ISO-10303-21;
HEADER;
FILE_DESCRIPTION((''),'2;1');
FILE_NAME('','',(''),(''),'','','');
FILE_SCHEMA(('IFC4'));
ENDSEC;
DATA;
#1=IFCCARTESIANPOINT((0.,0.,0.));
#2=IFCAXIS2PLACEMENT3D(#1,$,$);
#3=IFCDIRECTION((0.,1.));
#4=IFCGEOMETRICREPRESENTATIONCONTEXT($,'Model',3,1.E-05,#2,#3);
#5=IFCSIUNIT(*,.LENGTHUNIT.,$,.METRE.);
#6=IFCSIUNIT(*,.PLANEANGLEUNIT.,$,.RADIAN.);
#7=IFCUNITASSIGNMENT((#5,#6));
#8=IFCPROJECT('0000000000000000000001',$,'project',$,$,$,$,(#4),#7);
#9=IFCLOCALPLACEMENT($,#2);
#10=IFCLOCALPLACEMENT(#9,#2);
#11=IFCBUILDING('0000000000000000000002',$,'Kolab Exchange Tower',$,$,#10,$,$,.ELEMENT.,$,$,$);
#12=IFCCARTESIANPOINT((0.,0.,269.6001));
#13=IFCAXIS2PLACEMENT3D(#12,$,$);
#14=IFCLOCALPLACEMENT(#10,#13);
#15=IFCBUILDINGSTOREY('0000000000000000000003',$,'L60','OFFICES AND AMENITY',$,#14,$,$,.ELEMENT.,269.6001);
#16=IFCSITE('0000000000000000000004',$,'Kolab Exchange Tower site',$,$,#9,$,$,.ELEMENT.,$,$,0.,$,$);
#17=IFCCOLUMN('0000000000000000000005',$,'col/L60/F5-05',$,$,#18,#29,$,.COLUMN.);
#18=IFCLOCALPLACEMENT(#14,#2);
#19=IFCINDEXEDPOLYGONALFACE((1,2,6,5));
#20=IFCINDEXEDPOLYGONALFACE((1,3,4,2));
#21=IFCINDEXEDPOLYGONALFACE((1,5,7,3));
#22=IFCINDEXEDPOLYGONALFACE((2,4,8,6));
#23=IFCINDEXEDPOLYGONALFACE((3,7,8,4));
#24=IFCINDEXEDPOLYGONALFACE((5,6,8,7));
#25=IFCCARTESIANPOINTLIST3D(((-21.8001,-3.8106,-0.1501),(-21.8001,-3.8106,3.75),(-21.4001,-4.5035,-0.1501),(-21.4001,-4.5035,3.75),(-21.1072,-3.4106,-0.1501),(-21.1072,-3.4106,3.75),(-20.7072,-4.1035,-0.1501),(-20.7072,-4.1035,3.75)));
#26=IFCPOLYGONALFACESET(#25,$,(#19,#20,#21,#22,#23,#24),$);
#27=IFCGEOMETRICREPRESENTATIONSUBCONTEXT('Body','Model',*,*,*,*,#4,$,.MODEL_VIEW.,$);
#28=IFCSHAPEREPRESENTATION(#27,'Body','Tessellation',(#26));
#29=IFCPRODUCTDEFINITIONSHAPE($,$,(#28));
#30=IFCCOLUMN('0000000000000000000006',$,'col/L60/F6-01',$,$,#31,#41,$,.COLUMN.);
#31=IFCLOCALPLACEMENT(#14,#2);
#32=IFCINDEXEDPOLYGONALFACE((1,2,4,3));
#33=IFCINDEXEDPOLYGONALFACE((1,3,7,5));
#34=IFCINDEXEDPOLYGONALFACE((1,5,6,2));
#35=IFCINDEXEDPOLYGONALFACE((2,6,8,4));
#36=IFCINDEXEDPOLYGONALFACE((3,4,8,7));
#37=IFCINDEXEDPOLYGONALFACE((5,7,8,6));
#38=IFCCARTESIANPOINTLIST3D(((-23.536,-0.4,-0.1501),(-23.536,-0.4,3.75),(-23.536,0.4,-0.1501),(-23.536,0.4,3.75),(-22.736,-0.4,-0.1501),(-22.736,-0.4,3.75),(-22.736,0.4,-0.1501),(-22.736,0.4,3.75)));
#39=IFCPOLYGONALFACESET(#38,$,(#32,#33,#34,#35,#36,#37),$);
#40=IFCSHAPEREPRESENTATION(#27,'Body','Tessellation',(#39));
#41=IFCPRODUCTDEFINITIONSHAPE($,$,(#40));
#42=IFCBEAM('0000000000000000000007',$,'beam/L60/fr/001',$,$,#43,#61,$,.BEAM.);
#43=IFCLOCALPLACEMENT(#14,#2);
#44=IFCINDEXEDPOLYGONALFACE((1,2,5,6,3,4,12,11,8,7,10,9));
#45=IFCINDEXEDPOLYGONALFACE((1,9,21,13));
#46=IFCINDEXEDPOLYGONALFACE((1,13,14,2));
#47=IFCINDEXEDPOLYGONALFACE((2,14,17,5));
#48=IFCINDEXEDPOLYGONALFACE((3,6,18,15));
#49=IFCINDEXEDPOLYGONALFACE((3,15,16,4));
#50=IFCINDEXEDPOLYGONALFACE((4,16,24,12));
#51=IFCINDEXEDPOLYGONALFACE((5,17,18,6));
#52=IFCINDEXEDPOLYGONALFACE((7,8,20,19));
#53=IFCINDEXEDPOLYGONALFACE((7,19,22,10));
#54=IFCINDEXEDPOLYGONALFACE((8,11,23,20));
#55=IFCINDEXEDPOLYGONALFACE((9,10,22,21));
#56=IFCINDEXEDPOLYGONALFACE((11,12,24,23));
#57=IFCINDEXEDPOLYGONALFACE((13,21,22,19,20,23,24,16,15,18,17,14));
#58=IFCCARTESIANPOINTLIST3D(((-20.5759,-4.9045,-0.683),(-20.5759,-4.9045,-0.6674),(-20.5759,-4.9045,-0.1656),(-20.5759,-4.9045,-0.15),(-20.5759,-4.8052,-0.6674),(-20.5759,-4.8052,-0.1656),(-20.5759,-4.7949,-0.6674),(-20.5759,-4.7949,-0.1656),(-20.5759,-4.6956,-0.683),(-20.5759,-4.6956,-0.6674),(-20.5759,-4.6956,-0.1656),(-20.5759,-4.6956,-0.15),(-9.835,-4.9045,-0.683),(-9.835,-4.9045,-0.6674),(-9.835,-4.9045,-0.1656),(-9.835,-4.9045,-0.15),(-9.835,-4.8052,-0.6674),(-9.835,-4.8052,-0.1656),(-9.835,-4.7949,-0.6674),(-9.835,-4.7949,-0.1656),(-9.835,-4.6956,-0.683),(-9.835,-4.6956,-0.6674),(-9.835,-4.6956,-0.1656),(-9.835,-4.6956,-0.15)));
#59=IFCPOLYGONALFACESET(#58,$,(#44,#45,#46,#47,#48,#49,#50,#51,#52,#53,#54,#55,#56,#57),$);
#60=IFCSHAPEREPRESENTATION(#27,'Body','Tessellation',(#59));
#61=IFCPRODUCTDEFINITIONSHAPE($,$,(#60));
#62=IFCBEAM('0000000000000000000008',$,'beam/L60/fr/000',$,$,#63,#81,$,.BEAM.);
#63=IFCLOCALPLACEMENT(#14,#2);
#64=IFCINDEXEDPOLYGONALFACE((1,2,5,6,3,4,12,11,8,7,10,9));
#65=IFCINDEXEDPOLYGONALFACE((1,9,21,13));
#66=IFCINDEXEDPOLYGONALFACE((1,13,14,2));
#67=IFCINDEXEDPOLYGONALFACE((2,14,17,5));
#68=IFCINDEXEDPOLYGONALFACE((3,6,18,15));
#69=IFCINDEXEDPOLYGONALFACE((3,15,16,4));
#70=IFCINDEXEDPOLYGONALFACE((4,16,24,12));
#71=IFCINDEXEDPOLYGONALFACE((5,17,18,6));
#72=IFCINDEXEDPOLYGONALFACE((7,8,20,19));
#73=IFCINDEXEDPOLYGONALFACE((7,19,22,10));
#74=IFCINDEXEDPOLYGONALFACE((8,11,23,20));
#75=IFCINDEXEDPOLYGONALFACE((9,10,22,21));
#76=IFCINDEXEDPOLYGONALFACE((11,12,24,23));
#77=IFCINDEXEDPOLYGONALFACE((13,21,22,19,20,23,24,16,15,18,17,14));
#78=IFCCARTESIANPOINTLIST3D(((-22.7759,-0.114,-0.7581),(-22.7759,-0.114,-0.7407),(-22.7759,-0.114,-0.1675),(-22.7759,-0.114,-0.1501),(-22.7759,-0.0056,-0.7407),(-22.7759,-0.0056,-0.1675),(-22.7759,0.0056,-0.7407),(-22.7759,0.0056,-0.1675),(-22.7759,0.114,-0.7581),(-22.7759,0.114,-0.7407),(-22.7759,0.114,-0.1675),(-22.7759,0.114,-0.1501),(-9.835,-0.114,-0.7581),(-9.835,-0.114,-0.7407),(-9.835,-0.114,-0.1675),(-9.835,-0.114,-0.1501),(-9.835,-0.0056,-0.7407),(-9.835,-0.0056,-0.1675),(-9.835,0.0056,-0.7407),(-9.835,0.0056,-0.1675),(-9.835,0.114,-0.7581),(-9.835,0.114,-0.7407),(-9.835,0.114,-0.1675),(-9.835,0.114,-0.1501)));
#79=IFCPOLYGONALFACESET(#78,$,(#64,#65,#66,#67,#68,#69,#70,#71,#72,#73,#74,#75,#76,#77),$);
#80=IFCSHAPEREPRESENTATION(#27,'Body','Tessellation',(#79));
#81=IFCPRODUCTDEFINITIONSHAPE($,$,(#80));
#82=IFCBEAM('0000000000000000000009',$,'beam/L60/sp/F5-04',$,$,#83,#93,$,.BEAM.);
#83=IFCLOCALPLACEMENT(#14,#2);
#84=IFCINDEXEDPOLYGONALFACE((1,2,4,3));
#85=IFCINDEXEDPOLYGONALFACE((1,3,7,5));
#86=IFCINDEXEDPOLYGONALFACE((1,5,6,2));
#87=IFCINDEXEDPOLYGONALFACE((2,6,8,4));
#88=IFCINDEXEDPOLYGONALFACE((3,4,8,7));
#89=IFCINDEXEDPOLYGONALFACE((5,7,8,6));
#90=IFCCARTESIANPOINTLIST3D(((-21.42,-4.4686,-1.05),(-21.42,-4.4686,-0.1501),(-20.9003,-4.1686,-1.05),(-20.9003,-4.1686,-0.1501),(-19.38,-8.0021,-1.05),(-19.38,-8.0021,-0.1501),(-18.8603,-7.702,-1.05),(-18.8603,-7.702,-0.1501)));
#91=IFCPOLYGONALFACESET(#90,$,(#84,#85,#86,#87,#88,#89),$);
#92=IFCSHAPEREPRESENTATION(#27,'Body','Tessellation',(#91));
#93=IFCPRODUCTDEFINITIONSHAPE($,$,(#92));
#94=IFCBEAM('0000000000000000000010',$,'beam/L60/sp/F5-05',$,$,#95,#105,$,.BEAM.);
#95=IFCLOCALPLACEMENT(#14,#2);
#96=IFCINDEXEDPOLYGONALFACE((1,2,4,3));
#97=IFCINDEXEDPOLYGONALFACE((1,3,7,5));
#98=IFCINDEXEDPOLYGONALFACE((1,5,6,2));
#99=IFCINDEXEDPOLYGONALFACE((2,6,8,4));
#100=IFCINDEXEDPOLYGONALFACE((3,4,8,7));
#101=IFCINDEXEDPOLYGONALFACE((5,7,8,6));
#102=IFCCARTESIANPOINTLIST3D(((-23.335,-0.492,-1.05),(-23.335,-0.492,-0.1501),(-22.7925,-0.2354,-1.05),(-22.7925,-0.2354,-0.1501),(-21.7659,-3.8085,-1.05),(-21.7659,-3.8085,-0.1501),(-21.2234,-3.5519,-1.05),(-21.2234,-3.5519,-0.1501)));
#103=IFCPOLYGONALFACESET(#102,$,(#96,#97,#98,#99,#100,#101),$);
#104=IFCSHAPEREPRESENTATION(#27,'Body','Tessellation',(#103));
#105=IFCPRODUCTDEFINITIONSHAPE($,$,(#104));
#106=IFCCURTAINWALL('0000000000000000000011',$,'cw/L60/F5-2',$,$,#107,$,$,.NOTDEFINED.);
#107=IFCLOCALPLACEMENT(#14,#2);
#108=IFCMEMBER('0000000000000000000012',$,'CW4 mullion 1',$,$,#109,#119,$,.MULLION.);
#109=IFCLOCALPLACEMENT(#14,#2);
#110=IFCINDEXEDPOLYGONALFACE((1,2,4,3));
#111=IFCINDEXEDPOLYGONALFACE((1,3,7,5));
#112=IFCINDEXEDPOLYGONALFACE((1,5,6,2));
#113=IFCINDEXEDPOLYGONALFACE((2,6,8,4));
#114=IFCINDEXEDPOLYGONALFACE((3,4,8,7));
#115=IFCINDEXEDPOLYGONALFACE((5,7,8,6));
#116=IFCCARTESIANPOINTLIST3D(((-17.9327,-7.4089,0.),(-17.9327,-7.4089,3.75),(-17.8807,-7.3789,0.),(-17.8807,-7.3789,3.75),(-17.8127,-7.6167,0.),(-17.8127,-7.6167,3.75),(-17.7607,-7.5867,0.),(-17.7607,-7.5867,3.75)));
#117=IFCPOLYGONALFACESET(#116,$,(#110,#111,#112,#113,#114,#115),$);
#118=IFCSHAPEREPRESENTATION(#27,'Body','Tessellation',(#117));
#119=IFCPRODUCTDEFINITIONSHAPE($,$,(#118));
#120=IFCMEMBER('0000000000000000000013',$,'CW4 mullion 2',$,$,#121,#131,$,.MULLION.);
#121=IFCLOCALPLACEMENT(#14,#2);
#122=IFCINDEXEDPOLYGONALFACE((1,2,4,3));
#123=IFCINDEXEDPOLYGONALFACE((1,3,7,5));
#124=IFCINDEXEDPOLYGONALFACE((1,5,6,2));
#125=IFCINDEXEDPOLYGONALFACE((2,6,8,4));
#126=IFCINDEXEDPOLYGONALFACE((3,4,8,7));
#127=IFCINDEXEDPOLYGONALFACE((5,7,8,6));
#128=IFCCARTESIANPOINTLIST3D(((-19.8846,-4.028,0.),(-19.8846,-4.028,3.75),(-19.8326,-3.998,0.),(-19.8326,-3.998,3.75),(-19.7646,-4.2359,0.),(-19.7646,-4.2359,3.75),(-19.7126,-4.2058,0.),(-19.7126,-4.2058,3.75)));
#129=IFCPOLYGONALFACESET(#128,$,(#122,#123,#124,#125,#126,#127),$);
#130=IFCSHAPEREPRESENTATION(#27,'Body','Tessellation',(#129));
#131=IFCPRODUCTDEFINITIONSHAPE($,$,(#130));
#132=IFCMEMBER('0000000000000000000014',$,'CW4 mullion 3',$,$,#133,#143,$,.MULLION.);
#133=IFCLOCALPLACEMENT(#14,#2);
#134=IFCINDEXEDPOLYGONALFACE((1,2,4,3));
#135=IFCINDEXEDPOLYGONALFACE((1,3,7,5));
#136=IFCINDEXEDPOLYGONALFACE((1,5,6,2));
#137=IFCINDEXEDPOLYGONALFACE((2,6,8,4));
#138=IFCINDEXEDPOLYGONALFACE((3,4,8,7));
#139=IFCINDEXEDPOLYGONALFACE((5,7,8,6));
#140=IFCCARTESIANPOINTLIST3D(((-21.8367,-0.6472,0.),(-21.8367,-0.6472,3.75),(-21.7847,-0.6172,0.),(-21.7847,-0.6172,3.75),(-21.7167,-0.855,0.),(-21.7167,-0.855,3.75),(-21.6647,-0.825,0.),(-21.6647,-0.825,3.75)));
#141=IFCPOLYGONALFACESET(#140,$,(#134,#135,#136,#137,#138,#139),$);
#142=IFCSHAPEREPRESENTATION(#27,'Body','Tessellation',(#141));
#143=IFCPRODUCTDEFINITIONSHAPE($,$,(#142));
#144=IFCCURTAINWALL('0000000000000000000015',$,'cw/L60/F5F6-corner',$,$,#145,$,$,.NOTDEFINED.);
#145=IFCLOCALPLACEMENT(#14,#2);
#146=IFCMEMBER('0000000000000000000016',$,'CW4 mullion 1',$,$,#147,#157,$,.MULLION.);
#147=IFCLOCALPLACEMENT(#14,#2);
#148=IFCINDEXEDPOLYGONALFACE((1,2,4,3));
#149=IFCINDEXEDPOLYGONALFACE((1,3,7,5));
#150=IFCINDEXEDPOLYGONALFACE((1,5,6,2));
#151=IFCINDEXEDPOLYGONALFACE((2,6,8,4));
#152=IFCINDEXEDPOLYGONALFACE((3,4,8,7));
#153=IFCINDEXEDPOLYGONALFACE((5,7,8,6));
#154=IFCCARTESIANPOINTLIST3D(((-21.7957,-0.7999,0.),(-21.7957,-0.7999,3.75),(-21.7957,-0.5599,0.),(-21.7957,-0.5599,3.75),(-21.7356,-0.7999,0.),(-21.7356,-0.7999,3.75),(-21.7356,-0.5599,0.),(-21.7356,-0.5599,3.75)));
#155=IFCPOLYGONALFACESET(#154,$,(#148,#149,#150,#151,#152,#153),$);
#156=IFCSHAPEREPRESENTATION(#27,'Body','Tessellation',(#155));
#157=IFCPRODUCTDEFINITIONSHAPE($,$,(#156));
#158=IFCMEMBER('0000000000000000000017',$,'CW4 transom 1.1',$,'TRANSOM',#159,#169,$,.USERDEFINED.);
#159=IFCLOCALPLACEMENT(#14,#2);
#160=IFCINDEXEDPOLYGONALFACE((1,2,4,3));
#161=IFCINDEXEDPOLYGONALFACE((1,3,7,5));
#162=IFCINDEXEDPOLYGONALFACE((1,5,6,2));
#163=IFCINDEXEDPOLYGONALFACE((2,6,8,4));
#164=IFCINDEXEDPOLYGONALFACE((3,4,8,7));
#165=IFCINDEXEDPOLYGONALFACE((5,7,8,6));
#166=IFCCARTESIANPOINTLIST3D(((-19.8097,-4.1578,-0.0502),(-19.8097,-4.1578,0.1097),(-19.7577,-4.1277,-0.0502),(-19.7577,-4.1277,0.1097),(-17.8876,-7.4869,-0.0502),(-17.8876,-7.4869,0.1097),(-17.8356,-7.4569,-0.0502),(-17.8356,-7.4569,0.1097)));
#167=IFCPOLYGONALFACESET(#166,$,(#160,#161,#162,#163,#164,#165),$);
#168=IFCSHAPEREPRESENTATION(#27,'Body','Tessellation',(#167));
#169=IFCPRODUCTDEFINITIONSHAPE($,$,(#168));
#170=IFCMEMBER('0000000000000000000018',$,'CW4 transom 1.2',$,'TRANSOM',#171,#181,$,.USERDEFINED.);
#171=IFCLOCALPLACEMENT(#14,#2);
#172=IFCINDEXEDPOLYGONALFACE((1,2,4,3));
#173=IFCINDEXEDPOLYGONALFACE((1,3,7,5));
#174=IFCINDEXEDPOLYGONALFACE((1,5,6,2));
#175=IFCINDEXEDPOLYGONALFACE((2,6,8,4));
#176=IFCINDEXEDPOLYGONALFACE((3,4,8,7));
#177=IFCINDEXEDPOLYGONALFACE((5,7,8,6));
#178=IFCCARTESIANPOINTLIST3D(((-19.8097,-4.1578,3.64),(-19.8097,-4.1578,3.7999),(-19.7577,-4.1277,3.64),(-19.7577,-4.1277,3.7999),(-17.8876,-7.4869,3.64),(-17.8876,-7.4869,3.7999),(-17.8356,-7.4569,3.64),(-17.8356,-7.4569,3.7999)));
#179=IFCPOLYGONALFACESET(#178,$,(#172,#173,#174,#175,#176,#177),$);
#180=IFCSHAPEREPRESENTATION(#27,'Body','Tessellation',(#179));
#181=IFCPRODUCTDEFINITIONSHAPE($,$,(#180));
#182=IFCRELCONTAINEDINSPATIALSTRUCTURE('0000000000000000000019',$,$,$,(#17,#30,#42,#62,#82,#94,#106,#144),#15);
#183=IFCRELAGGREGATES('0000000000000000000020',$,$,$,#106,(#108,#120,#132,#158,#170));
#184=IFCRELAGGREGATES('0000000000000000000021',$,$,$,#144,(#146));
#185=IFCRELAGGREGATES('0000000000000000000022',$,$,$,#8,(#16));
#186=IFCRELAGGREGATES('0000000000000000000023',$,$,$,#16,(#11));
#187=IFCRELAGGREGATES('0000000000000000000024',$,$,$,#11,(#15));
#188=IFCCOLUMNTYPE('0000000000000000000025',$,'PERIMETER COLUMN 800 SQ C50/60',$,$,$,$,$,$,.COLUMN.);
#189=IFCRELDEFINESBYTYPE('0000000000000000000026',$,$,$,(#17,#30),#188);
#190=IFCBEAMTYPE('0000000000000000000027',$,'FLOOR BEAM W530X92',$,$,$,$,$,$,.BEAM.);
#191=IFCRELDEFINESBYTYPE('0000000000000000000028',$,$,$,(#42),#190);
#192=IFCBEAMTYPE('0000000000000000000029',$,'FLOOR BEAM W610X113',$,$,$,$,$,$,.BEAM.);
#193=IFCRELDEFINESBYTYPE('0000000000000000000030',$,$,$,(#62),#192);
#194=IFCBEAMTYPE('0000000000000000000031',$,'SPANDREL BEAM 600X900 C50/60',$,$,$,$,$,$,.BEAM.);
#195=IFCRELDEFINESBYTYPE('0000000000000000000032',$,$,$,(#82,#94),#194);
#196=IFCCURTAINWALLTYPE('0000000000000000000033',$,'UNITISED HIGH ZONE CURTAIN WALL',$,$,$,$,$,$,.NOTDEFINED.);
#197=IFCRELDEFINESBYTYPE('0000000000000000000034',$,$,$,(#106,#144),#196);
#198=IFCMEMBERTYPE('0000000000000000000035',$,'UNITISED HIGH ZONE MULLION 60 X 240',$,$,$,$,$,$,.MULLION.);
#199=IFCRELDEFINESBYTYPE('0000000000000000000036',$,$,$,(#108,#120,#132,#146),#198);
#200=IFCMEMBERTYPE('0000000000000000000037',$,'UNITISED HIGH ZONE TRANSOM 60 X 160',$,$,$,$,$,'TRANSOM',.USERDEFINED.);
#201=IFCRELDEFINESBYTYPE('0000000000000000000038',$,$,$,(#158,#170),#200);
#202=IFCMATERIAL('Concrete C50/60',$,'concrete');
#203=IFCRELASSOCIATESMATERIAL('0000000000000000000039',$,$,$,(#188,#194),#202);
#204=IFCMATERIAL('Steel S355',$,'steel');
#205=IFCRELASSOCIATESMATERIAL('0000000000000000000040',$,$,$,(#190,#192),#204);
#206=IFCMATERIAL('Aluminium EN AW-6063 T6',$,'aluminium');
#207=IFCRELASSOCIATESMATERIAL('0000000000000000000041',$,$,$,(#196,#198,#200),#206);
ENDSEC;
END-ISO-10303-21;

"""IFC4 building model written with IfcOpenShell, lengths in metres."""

from ifc_helpers import new_model, si_unit, direction, frame, origin, origin_2d, place, context, subcontext, project, spatial, rectangle, i_section, extrude, material, material_profile, profile_set, type_object, element, aggregate, save


model = new_model("IFC4")

# Units and contexts
model_context = context("Model", 3, precision=1e-05, world=origin(), true_north=direction((0.0, 1.0)))
body_context = subcontext(model_context, "Body", "Model", "MODEL_VIEW")
ifc_project = project(units=[si_unit("LENGTHUNIT", "METRE"), si_unit("PLANEANGLEUNIT", "RADIAN")], contexts=[model_context])

# Site, building, storey
site_placement = place(None, origin())
site = spatial("IfcSite", under=ifc_project, at=site_placement, Name="Kolab Exchange Tower site", CompositionType="ELEMENT", RefElevation=0.0)
building_placement = place(site_placement, origin())
building = spatial("IfcBuilding", under=site, at=building_placement, Name="Kolab Exchange Tower", CompositionType="ELEMENT")
storey_placement = place(building_placement, frame((0.0, 0.0, 269.6001)))
storey = spatial("IfcBuildingStorey", under=building, at=storey_placement, Name="L60", Description="OFFICES AND AMENITY", CompositionType="ELEMENT", Elevation=269.6001)

# Columns
ifc_material_1 = material(Name="Concrete C50/60", Category="concrete")
ifc_material_profile_1 = material_profile(ifc_material_1, rectangle(XDim=0.8, YDim=0.8, at=origin_2d()), Name="RC800")
ifc_profile_set_1 = profile_set([ifc_material_profile_1], Name="Concrete C50/60")
column_type = type_object("IfcColumnType", Name="PERIMETER COLUMN 800 SQ C50/60", PredefinedType="COLUMN", material=ifc_profile_set_1)
for number, where, z_axis, x_axis, name in (
    (1, (-21.2537, -3.957, -0.1501), (0.0, 0.0, 1.0), (0.866025, 0.5, 0.0), "col/L60/F5-05"),
    (2, (-23.136, 0.0, -0.1501), (0.0, 0.0, 1.0), (1.0, 0.0, 0.0), "col/L60/F6-01"),
):
    element("IfcColumn", number, at=place(storey_placement, frame(where, z_axis=z_axis, x_axis=x_axis)), inside=storey, type_object=column_type, Name=name, PredefinedType="COLUMN", context=body_context, shape_type="SweptSolid", body=[
        extrude(rectangle(XDim=0.8, YDim=0.8, at=origin_2d()), origin(), (0.0, 0.0, 1.0), 3.9001),
    ])

# Beams
ifc_material_2 = material(Name="Steel S355", Category="steel")
ifc_material_profile_2 = material_profile(ifc_material_2, i_section(OverallWidth=0.209, OverallDepth=0.533, WebThickness=0.0103, FlangeThickness=0.0156, at=origin_2d()), Name="W530X92")
ifc_profile_set_2 = profile_set([ifc_material_profile_2], Name="Steel S355")
beam_type_1 = type_object("IfcBeamType", Name="FLOOR BEAM W530X92", PredefinedType="BEAM", material=ifc_profile_set_2)
beam_1_placement = place(storey_placement, frame((-20.5759, -4.8, -0.4165), z_axis=(1.0, 0.0, 0.0), x_axis=(0.0, 1.0, 0.0)))
element("IfcBeam", 3, at=beam_1_placement, inside=storey, type_object=beam_type_1, Name="beam/L60/fr/001", PredefinedType="BEAM", context=body_context, shape_type="SweptSolid", body=[
    extrude(i_section(OverallWidth=0.209, OverallDepth=0.533, WebThickness=0.0103, FlangeThickness=0.0156, at=origin_2d()), origin(), (0.0, 0.0, 1.0), 10.741),
])
ifc_material_profile_3 = material_profile(ifc_material_2, i_section(OverallWidth=0.228, OverallDepth=0.6079, WebThickness=0.0112, FlangeThickness=0.0173, at=origin_2d()), Name="W610X113")
ifc_profile_set_3 = profile_set([ifc_material_profile_3], Name="Steel S355")
beam_type_2 = type_object("IfcBeamType", Name="FLOOR BEAM W610X113", PredefinedType="BEAM", material=ifc_profile_set_3)
beam_2_placement = place(storey_placement, frame((-22.7759, 0.0, -0.4541), z_axis=(1.0, 0.0, 0.0), x_axis=(0.0, 1.0, 0.0)))
element("IfcBeam", 4, at=beam_2_placement, inside=storey, type_object=beam_type_2, Name="beam/L60/fr/000", PredefinedType="BEAM", context=body_context, shape_type="SweptSolid", body=[
    extrude(i_section(OverallWidth=0.228, OverallDepth=0.6079, WebThickness=0.0112, FlangeThickness=0.0173, at=origin_2d()), origin(), (0.0, 0.0, 1.0), 12.9409),
])
ifc_material_profile_4 = material_profile(ifc_material_1, rectangle(XDim=0.6001, YDim=0.8999, at=origin_2d()), Name="RC600X900")
ifc_profile_set_4 = profile_set([ifc_material_profile_4], Name="Concrete C50/60")
beam_type_3 = type_object("IfcBeamType", Name="SPANDREL BEAM 600X900 C50/60", PredefinedType="BEAM", material=ifc_profile_set_4)
beam_3_placement = place(storey_placement, frame((-19.1201, -7.8521, -0.6001), z_axis=(-0.5, 0.866025, 0.0), x_axis=(-0.866025, -0.5, 0.0)))
element("IfcBeam", 5, at=beam_3_placement, inside=storey, type_object=beam_type_3, Name="beam/L60/sp/F5-04", PredefinedType="BEAM", context=body_context, shape_type="SweptSolid", body=[
    extrude(rectangle(XDim=0.6001, YDim=0.8999, at=origin_2d()), origin(), (0.0, 0.0, 1.0), 4.0801),
])
beam_4_placement = place(storey_placement, frame((-21.4946, -3.6802, -0.6001), z_axis=(-0.427677, 0.903932, 0.0), x_axis=(-0.903932, -0.427677, 0.0)))
element("IfcBeam", 6, at=beam_4_placement, inside=storey, type_object=beam_type_3, Name="beam/L60/sp/F5-05", PredefinedType="BEAM", context=body_context, shape_type="SweptSolid", body=[
    extrude(rectangle(XDim=0.6001, YDim=0.8999, at=origin_2d()), origin(), (0.0, 0.0, 1.0), 3.6689),
])

# Curtain wall, members
ifc_material_3 = material(Name="Aluminium EN AW-6063 T6", Category="aluminium")
curtain_wall_type = type_object("IfcCurtainWallType", Name="UNITISED HIGH ZONE CURTAIN WALL", PredefinedType="NOTDEFINED", material=ifc_material_3)
curtain_wall_1_placement = place(storey_placement, origin())
curtain_wall_1 = element("IfcCurtainWall", 7, at=curtain_wall_1_placement, inside=storey, type_object=curtain_wall_type, Name="cw/L60/F5-2", PredefinedType="NOTDEFINED")
ifc_material_profile_5 = material_profile(ifc_material_3, rectangle(XDim=0.0601, YDim=0.24, at=origin_2d()), Name="RECT 60X240")
ifc_profile_set_5 = profile_set([ifc_material_profile_5], Name="Aluminium EN AW-6063 T6")
member_type_1 = type_object("IfcMemberType", Name="UNITISED HIGH ZONE MULLION 60 X 240", PredefinedType="MULLION", material=ifc_profile_set_5)
member_1_placement = place(storey_placement, frame((-17.8467, -7.4978, 0.0), z_axis=(0.0, 0.0, 1.0), x_axis=(-0.866025, -0.5, 0.0)))
member_1 = element("IfcMember", 8, at=member_1_placement, type_object=member_type_1, Name="CW4 mullion 1", PredefinedType="MULLION", context=body_context, shape_type="SweptSolid", body=[
    extrude(rectangle(XDim=0.0601, YDim=0.24, at=origin_2d()), origin(), (0.0, 0.0, 1.0), 3.75),
])
member_2_placement = place(storey_placement, frame((-19.7986, -4.1169, 0.0), z_axis=(0.0, 0.0, 1.0), x_axis=(-0.866025, -0.5, 0.0)))
member_2 = element("IfcMember", 9, at=member_2_placement, type_object=member_type_1, Name="CW4 mullion 2", PredefinedType="MULLION", context=body_context, shape_type="SweptSolid", body=[
    extrude(rectangle(XDim=0.0601, YDim=0.24, at=origin_2d()), origin(), (0.0, 0.0, 1.0), 3.75),
])
member_3_placement = place(storey_placement, frame((-21.7507, -0.7361, 0.0), z_axis=(0.0, 0.0, 1.0), x_axis=(-0.866025, -0.5, 0.0)))
member_3 = element("IfcMember", 10, at=member_3_placement, type_object=member_type_1, Name="CW4 mullion 3", PredefinedType="MULLION", context=body_context, shape_type="SweptSolid", body=[
    extrude(rectangle(XDim=0.0601, YDim=0.24, at=origin_2d()), origin(), (0.0, 0.0, 1.0), 3.75),
])

# Curtain wall, member
curtain_wall_2_placement = place(storey_placement, origin())
curtain_wall_2 = element("IfcCurtainWall", 11, at=curtain_wall_2_placement, inside=storey, type_object=curtain_wall_type, Name="cw/L60/F5F6-corner", PredefinedType="NOTDEFINED")
member_4_placement = place(storey_placement, frame((-21.7656, -0.6799, 0.0), z_axis=(0.0, 0.0, 1.0), x_axis=(-1.0, 0.0, 0.0)))
member_4 = element("IfcMember", 12, at=member_4_placement, type_object=member_type_1, Name="CW4 mullion 1", PredefinedType="MULLION", context=body_context, shape_type="SweptSolid", body=[
    extrude(rectangle(XDim=0.0601, YDim=0.24, at=origin_2d()), origin(), (0.0, 0.0, 1.0), 3.75),
])

# Members
ifc_material_profile_6 = material_profile(ifc_material_3, rectangle(XDim=0.0601, YDim=0.1599, at=origin_2d()), Name="RECT 60X160")
ifc_profile_set_6 = profile_set([ifc_material_profile_6], Name="Aluminium EN AW-6063 T6")
member_type_2 = type_object("IfcMemberType", Name="UNITISED HIGH ZONE TRANSOM 60 X 160", ElementType="TRANSOM", PredefinedType="USERDEFINED", material=ifc_profile_set_6)
member_5_placement = place(storey_placement, frame((-17.8616, -7.4719, 0.0298), z_axis=(-0.500012, 0.866018, 0.0), x_axis=(-0.866018, -0.500012, 0.0)))
member_5 = element("IfcMember", 13, at=member_5_placement, type_object=member_type_2, Name="CW4 transom 1.1", ObjectType="TRANSOM", PredefinedType="USERDEFINED", context=body_context, shape_type="SweptSolid", body=[
    extrude(rectangle(XDim=0.0601, YDim=0.1599, at=origin_2d()), origin(), (0.0, 0.0, 1.0), 3.8442),
])
member_6_placement = place(storey_placement, frame((-17.8616, -7.4719, 3.72), z_axis=(-0.500012, 0.866018, 0.0), x_axis=(-0.866018, -0.500012, 0.0)))
member_6 = element("IfcMember", 14, at=member_6_placement, type_object=member_type_2, Name="CW4 transom 1.2", ObjectType="TRANSOM", PredefinedType="USERDEFINED", context=body_context, shape_type="SweptSolid", body=[
    extrude(rectangle(XDim=0.0601, YDim=0.1599, at=origin_2d()), origin(), (0.0, 0.0, 1.0), 3.8442),
])

aggregate(curtain_wall_1, [member_1, member_2, member_3, member_5, member_6])
aggregate(curtain_wall_2, [member_4])

save(model, "model.ifc")
